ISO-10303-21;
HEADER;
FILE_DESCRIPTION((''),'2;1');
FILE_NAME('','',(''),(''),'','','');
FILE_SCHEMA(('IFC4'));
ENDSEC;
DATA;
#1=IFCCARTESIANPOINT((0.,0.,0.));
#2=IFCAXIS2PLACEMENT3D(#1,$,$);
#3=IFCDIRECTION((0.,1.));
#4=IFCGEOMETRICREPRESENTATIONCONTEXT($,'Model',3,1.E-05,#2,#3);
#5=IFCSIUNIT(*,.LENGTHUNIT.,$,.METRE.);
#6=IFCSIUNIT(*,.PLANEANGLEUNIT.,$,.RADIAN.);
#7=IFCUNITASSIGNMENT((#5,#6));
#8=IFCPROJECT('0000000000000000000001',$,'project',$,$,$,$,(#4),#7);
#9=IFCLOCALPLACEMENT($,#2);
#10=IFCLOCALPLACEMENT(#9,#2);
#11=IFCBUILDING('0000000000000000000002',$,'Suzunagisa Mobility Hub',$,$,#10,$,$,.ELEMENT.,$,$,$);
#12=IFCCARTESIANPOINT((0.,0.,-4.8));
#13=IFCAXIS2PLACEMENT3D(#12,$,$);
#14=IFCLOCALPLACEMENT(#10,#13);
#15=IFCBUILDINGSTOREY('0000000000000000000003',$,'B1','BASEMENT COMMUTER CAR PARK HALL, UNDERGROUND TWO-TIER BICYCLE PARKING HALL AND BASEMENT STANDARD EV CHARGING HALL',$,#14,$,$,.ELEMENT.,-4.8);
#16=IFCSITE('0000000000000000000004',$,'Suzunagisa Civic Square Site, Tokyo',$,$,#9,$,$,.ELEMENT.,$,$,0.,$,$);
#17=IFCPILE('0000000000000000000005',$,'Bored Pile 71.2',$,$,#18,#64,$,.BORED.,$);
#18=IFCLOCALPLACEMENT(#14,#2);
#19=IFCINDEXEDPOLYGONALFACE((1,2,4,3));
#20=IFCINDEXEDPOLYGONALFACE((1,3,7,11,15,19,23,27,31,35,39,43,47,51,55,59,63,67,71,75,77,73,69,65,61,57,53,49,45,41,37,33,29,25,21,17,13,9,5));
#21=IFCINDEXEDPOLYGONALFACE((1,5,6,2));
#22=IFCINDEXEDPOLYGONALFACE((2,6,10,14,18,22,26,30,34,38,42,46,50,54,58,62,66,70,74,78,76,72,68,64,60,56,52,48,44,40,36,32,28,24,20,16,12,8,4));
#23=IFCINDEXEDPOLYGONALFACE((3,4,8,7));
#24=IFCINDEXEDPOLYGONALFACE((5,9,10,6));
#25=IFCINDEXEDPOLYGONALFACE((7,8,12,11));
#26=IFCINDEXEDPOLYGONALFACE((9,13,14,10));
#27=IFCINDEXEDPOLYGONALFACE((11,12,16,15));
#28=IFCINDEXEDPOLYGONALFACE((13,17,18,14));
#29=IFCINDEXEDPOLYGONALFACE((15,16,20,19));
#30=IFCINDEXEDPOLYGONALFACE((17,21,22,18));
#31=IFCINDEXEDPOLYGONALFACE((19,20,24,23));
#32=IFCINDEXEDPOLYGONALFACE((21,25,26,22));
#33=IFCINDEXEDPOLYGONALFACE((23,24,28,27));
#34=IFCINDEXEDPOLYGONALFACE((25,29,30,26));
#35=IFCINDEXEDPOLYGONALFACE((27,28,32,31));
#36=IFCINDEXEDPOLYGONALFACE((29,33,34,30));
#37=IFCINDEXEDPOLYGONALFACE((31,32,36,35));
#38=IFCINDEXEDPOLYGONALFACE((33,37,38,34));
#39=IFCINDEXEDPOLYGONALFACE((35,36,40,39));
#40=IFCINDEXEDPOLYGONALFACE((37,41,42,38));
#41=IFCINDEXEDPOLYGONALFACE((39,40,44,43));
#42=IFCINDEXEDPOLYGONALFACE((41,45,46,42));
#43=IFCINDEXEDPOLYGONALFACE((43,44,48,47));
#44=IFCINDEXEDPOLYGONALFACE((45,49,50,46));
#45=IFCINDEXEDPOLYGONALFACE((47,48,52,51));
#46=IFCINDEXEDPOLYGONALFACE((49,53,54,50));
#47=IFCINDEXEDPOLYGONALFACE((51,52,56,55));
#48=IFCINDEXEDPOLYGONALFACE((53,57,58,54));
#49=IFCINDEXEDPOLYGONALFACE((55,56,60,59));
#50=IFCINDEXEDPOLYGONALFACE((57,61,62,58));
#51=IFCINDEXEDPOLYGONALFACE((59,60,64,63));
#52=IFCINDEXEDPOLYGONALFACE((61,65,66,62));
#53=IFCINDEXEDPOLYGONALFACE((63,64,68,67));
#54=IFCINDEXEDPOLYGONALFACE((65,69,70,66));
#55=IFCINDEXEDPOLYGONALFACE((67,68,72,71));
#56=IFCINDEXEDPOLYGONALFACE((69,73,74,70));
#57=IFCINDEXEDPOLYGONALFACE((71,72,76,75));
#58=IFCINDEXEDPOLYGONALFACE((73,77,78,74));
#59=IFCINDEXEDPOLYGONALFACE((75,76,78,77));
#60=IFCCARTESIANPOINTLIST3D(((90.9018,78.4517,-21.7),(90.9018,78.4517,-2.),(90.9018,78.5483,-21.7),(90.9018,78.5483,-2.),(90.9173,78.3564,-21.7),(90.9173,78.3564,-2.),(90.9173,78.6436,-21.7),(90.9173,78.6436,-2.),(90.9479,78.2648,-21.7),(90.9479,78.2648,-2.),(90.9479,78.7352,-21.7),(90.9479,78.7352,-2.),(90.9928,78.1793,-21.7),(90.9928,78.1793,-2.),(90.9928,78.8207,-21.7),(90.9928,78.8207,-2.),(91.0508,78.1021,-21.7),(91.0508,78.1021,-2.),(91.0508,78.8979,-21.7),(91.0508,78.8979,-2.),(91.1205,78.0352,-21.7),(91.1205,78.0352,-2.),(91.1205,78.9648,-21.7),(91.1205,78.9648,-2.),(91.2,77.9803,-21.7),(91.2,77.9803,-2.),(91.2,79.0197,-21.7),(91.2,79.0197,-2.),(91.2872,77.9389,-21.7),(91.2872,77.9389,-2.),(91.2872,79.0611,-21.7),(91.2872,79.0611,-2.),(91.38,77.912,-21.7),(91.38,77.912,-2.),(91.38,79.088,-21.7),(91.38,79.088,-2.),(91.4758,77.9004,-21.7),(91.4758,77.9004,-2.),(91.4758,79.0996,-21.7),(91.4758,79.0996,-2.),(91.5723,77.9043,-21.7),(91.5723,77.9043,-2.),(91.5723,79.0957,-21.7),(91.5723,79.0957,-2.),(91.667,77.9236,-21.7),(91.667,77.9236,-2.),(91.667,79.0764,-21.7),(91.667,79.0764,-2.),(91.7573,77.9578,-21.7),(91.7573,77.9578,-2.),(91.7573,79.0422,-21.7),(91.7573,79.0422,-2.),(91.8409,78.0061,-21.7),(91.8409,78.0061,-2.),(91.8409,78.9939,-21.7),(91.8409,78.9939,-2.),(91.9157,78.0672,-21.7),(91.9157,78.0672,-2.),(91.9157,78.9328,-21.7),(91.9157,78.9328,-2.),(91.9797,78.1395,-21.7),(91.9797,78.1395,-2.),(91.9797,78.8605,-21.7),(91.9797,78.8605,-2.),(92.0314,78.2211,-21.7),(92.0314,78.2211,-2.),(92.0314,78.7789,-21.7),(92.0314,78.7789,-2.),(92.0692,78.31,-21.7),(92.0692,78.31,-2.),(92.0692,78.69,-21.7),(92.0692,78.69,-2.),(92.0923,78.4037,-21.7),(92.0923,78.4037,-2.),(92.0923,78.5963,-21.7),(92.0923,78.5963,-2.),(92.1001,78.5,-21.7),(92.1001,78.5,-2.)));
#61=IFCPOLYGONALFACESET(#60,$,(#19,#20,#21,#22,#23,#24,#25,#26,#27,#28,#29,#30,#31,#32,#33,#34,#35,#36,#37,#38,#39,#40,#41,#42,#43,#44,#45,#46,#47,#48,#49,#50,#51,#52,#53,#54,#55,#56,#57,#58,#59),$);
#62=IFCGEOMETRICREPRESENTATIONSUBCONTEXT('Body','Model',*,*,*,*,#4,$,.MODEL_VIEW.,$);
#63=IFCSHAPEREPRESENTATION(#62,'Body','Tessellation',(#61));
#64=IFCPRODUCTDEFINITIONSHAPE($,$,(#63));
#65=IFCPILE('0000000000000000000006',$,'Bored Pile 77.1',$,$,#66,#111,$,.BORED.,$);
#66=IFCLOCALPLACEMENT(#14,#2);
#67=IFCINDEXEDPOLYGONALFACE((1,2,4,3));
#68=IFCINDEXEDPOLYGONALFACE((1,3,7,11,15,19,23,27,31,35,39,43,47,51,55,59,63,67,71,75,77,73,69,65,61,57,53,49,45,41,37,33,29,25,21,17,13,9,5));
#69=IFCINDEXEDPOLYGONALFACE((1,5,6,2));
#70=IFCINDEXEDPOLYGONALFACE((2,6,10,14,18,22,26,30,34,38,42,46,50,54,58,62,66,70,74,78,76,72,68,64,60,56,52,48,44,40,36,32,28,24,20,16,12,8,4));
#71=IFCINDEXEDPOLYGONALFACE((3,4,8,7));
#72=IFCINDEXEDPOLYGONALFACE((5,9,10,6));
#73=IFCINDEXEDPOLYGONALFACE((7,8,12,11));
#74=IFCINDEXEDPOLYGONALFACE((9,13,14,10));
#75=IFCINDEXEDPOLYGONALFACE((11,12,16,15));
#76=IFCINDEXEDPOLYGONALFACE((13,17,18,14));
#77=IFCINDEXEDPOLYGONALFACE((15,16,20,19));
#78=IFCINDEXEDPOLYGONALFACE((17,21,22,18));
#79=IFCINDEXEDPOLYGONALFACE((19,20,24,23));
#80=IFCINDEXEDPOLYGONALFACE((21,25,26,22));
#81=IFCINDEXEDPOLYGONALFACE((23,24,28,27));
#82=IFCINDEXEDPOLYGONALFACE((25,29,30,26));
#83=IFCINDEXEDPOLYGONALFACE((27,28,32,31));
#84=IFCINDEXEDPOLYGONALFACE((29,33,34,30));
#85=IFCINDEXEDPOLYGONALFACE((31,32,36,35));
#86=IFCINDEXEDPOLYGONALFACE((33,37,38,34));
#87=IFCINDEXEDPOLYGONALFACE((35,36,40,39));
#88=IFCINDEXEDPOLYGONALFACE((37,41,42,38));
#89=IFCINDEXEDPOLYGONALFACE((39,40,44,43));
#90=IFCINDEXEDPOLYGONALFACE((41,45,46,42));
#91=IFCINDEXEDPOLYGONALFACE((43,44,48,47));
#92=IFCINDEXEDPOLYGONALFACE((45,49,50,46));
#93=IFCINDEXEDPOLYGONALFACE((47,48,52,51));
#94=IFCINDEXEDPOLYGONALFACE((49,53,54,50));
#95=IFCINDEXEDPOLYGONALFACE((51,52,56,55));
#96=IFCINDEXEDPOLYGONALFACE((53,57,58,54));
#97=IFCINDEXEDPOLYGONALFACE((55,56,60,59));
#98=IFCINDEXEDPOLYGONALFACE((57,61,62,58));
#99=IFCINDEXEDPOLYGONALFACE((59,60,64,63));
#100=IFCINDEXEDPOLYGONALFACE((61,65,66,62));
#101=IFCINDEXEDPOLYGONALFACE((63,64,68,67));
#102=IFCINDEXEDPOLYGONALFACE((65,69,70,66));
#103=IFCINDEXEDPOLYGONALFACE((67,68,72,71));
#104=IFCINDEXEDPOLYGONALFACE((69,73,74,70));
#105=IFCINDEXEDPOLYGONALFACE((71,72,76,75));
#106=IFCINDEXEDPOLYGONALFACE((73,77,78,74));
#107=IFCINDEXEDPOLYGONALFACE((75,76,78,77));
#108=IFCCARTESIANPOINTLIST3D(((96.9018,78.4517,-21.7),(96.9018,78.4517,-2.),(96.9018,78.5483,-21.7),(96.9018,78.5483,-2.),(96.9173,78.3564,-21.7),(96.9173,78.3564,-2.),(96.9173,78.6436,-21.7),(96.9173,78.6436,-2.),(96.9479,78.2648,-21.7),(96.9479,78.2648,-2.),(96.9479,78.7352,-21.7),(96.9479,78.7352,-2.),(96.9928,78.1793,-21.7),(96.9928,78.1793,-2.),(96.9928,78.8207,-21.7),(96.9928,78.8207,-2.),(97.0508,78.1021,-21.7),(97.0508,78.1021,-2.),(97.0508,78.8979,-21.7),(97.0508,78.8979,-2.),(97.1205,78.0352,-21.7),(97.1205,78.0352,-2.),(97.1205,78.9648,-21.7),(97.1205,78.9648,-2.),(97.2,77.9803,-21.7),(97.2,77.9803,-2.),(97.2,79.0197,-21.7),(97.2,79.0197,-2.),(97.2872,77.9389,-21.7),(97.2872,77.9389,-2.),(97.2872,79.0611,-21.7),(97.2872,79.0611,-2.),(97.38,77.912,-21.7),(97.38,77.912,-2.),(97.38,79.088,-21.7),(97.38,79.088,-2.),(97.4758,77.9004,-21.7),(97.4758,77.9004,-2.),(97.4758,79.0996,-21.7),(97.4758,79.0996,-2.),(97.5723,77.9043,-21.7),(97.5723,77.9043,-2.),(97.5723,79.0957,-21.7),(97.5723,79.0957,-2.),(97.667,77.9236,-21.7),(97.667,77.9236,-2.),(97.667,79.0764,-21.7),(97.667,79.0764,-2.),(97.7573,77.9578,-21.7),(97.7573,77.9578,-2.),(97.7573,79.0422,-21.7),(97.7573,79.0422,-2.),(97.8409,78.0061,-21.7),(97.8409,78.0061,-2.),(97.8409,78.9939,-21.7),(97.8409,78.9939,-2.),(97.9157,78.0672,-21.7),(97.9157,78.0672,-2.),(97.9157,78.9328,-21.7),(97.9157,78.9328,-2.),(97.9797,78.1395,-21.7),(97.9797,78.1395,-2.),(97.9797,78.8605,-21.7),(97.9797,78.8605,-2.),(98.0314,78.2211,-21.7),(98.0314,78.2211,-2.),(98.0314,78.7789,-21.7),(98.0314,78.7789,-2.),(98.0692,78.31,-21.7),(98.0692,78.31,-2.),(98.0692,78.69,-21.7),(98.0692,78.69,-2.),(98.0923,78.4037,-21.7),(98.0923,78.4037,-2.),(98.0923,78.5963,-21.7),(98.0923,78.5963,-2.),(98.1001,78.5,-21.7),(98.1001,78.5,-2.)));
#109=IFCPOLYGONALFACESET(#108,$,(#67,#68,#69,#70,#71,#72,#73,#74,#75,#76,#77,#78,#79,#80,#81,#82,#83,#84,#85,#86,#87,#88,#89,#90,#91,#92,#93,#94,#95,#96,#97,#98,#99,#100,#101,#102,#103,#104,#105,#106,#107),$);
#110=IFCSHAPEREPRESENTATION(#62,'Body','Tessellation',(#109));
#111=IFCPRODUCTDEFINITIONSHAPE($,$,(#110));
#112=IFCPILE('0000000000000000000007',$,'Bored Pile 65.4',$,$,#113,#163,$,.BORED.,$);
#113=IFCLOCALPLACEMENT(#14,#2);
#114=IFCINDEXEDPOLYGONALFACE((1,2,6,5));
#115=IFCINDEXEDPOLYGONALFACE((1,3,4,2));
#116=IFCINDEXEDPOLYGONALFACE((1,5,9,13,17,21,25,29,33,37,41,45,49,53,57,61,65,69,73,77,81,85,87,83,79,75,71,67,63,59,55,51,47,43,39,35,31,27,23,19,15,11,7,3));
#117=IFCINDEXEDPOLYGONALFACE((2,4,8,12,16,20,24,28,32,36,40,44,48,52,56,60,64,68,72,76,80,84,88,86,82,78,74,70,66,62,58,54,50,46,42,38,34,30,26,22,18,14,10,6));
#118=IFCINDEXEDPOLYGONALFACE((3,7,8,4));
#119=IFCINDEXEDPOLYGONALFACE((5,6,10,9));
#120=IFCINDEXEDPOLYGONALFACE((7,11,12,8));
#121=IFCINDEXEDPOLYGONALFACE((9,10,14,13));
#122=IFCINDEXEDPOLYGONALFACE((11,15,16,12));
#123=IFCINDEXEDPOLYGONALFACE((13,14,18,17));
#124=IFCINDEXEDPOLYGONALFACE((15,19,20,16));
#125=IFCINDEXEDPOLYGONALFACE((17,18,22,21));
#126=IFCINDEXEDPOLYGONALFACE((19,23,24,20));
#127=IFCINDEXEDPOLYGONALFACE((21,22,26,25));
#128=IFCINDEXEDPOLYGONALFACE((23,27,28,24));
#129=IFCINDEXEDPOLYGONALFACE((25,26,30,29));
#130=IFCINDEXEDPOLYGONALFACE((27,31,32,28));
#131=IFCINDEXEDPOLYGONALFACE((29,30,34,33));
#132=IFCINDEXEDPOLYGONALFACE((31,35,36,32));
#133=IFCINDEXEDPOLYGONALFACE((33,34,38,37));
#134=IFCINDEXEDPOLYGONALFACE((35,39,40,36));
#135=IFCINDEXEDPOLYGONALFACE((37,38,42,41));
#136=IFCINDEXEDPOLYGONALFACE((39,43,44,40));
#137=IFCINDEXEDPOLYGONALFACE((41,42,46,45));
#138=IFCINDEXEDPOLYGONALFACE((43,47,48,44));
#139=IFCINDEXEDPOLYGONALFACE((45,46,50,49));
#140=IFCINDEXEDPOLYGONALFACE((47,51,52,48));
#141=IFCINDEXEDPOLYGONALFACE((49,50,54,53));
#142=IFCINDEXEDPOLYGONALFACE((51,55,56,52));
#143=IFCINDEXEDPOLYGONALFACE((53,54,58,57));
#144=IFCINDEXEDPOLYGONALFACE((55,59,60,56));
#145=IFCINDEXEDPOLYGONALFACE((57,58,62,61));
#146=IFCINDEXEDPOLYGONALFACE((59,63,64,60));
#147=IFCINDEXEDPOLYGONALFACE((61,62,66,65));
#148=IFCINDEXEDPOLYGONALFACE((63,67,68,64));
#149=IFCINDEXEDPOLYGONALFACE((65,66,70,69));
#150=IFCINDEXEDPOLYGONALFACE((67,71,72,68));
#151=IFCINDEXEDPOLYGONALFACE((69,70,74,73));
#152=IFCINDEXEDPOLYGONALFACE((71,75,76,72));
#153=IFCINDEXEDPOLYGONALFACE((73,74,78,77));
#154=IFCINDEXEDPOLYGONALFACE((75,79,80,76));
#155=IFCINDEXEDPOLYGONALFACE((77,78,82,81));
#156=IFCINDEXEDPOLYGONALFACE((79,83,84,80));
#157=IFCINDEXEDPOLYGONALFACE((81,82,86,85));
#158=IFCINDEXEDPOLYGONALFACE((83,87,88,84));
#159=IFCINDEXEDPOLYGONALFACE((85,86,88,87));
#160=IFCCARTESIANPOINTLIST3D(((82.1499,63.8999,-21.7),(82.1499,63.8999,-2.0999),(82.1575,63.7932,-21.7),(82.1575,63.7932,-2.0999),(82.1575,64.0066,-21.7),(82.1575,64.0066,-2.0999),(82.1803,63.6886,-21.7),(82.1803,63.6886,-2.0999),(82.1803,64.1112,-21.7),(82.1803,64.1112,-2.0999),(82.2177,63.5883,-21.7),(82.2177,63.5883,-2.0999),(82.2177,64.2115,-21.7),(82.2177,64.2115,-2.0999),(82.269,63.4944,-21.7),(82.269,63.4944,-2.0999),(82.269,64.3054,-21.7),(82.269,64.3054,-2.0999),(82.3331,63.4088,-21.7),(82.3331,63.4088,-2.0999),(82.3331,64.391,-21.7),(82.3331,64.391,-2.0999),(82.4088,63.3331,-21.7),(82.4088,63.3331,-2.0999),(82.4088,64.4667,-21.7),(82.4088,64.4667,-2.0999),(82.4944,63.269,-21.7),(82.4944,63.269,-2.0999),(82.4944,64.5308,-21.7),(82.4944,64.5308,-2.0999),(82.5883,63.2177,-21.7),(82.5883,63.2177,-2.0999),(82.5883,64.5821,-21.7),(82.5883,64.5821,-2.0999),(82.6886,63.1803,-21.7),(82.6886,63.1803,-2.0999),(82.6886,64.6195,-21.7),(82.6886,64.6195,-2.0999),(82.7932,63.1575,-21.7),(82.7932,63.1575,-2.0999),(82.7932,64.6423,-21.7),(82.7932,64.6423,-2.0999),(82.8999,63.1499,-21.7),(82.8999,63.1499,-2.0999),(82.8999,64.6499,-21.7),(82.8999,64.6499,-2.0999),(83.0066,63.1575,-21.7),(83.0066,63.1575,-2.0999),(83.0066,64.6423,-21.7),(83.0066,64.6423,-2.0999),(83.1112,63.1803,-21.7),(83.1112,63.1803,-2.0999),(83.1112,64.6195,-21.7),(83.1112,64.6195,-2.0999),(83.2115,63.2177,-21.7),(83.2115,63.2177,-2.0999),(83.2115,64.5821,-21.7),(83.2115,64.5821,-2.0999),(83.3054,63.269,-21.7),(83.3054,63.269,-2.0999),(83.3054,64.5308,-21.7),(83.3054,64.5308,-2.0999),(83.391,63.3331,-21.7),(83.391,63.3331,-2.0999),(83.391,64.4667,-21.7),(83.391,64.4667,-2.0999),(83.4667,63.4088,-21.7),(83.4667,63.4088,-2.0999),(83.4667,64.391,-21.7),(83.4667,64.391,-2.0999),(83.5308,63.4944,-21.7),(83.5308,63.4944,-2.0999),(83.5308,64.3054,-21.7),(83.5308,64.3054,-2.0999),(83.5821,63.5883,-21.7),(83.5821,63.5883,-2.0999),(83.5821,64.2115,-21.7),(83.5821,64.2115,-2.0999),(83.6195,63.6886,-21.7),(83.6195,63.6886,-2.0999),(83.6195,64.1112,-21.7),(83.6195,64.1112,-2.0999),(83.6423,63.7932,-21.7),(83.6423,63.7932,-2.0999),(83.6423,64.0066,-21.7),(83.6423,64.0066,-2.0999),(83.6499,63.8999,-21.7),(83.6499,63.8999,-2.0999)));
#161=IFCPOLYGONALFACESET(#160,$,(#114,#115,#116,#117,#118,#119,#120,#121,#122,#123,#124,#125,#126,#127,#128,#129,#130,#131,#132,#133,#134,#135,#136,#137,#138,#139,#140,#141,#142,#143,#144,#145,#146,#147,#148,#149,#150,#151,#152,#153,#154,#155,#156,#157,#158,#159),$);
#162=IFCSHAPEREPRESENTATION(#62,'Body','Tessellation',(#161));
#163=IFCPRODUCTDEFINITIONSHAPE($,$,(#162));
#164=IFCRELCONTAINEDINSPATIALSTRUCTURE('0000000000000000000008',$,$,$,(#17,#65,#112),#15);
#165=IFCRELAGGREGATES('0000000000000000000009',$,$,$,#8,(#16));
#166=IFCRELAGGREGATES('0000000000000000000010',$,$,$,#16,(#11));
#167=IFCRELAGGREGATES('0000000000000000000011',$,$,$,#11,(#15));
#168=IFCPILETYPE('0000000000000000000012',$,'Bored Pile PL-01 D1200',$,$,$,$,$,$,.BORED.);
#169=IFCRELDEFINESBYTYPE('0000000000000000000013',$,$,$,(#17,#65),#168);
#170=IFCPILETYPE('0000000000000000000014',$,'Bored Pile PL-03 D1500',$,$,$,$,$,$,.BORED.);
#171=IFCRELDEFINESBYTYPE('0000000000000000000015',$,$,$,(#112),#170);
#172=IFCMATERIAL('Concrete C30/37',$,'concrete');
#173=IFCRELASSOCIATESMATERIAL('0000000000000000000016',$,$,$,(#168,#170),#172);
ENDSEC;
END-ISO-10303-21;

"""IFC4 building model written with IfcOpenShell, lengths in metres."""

from ifc_helpers import new_model, si_unit, direction, frame, origin, origin_2d, place, context, subcontext, project, spatial, circle, extrude, material, material_profile, profile_set, type_object, element, save


model = new_model("IFC4")

# Units and contexts
model_context = context("Model", 3, precision=1e-05, world=origin(), true_north=direction((0.0, 1.0)))
body_context = subcontext(model_context, "Body", "Model", "MODEL_VIEW")
ifc_project = project(units=[si_unit("LENGTHUNIT", "METRE"), si_unit("PLANEANGLEUNIT", "RADIAN")], contexts=[model_context])

# Site, building, storey
site_placement = place(None, origin())
site = spatial("IfcSite", under=ifc_project, at=site_placement, Name="Suzunagisa Civic Square Site, Tokyo", CompositionType="ELEMENT", RefElevation=0.0)
building_placement = place(site_placement, origin())
building = spatial("IfcBuilding", under=site, at=building_placement, Name="Suzunagisa Mobility Hub", CompositionType="ELEMENT")
storey_placement = place(building_placement, frame((0.0, 0.0, -4.8)))
storey = spatial("IfcBuildingStorey", under=building, at=storey_placement, Name="B1", Description="BASEMENT COMMUTER CAR PARK HALL, UNDERGROUND TWO-TIER BICYCLE PARKING HALL AND BASEMENT STANDARD EV CHARGING HALL", CompositionType="ELEMENT", Elevation=-4.8)

# Piles
ifc_material_1 = material(Name="Concrete C30/37", Category="concrete")
ifc_material_profile_1 = material_profile(ifc_material_1, circle(Radius=0.6001, at=origin_2d()), Name="BORED PILE D1200")
ifc_profile_set_1 = profile_set([ifc_material_profile_1], Name="Concrete C30/37")
pile_type_1 = type_object("IfcPileType", Name="Bored Pile PL-01 D1200", PredefinedType="BORED", material=ifc_profile_set_1)
for number, where, z_axis, x_axis, name in (
    (1, (91.5, 78.5, -2.0), (0.0, 0.0, -1.0), (1.0, 0.0, 0.0), "Bored Pile 71.2"),
    (2, (97.5, 78.5, -2.0), (0.0, 0.0, -1.0), (1.0, 0.0, 0.0), "Bored Pile 77.1"),
):
    element("IfcPile", number, at=place(storey_placement, frame(where, z_axis=z_axis, x_axis=x_axis)), inside=storey, type_object=pile_type_1, Name=name, PredefinedType="BORED", context=body_context, shape_type="SweptSolid", body=[
        extrude(circle(Radius=0.6001, at=origin_2d()), origin(), (0.0, 0.0, 1.0), 19.7),
    ])
ifc_material_profile_2 = material_profile(ifc_material_1, circle(Radius=0.75, at=origin_2d()), Name="BORED PILE D1500")
ifc_profile_set_2 = profile_set([ifc_material_profile_2], Name="Concrete C30/37")
pile_type_2 = type_object("IfcPileType", Name="Bored Pile PL-03 D1500", PredefinedType="BORED", material=ifc_profile_set_2)
for number, where, z_axis, x_axis, name in (
    (3, (82.8999, 63.8999, -2.0999), (0.0, 0.0, -1.0), (1.0, 0.0, 0.0), "Bored Pile 65.4"),
):
    element("IfcPile", number, at=place(storey_placement, frame(where, z_axis=z_axis, x_axis=x_axis)), inside=storey, type_object=pile_type_2, Name=name, PredefinedType="BORED", context=body_context, shape_type="SweptSolid", body=[
        extrude(circle(Radius=0.75, at=origin_2d()), origin(), (0.0, 0.0, 1.0), 19.6001),
    ])

save(model, "model.ifc")
